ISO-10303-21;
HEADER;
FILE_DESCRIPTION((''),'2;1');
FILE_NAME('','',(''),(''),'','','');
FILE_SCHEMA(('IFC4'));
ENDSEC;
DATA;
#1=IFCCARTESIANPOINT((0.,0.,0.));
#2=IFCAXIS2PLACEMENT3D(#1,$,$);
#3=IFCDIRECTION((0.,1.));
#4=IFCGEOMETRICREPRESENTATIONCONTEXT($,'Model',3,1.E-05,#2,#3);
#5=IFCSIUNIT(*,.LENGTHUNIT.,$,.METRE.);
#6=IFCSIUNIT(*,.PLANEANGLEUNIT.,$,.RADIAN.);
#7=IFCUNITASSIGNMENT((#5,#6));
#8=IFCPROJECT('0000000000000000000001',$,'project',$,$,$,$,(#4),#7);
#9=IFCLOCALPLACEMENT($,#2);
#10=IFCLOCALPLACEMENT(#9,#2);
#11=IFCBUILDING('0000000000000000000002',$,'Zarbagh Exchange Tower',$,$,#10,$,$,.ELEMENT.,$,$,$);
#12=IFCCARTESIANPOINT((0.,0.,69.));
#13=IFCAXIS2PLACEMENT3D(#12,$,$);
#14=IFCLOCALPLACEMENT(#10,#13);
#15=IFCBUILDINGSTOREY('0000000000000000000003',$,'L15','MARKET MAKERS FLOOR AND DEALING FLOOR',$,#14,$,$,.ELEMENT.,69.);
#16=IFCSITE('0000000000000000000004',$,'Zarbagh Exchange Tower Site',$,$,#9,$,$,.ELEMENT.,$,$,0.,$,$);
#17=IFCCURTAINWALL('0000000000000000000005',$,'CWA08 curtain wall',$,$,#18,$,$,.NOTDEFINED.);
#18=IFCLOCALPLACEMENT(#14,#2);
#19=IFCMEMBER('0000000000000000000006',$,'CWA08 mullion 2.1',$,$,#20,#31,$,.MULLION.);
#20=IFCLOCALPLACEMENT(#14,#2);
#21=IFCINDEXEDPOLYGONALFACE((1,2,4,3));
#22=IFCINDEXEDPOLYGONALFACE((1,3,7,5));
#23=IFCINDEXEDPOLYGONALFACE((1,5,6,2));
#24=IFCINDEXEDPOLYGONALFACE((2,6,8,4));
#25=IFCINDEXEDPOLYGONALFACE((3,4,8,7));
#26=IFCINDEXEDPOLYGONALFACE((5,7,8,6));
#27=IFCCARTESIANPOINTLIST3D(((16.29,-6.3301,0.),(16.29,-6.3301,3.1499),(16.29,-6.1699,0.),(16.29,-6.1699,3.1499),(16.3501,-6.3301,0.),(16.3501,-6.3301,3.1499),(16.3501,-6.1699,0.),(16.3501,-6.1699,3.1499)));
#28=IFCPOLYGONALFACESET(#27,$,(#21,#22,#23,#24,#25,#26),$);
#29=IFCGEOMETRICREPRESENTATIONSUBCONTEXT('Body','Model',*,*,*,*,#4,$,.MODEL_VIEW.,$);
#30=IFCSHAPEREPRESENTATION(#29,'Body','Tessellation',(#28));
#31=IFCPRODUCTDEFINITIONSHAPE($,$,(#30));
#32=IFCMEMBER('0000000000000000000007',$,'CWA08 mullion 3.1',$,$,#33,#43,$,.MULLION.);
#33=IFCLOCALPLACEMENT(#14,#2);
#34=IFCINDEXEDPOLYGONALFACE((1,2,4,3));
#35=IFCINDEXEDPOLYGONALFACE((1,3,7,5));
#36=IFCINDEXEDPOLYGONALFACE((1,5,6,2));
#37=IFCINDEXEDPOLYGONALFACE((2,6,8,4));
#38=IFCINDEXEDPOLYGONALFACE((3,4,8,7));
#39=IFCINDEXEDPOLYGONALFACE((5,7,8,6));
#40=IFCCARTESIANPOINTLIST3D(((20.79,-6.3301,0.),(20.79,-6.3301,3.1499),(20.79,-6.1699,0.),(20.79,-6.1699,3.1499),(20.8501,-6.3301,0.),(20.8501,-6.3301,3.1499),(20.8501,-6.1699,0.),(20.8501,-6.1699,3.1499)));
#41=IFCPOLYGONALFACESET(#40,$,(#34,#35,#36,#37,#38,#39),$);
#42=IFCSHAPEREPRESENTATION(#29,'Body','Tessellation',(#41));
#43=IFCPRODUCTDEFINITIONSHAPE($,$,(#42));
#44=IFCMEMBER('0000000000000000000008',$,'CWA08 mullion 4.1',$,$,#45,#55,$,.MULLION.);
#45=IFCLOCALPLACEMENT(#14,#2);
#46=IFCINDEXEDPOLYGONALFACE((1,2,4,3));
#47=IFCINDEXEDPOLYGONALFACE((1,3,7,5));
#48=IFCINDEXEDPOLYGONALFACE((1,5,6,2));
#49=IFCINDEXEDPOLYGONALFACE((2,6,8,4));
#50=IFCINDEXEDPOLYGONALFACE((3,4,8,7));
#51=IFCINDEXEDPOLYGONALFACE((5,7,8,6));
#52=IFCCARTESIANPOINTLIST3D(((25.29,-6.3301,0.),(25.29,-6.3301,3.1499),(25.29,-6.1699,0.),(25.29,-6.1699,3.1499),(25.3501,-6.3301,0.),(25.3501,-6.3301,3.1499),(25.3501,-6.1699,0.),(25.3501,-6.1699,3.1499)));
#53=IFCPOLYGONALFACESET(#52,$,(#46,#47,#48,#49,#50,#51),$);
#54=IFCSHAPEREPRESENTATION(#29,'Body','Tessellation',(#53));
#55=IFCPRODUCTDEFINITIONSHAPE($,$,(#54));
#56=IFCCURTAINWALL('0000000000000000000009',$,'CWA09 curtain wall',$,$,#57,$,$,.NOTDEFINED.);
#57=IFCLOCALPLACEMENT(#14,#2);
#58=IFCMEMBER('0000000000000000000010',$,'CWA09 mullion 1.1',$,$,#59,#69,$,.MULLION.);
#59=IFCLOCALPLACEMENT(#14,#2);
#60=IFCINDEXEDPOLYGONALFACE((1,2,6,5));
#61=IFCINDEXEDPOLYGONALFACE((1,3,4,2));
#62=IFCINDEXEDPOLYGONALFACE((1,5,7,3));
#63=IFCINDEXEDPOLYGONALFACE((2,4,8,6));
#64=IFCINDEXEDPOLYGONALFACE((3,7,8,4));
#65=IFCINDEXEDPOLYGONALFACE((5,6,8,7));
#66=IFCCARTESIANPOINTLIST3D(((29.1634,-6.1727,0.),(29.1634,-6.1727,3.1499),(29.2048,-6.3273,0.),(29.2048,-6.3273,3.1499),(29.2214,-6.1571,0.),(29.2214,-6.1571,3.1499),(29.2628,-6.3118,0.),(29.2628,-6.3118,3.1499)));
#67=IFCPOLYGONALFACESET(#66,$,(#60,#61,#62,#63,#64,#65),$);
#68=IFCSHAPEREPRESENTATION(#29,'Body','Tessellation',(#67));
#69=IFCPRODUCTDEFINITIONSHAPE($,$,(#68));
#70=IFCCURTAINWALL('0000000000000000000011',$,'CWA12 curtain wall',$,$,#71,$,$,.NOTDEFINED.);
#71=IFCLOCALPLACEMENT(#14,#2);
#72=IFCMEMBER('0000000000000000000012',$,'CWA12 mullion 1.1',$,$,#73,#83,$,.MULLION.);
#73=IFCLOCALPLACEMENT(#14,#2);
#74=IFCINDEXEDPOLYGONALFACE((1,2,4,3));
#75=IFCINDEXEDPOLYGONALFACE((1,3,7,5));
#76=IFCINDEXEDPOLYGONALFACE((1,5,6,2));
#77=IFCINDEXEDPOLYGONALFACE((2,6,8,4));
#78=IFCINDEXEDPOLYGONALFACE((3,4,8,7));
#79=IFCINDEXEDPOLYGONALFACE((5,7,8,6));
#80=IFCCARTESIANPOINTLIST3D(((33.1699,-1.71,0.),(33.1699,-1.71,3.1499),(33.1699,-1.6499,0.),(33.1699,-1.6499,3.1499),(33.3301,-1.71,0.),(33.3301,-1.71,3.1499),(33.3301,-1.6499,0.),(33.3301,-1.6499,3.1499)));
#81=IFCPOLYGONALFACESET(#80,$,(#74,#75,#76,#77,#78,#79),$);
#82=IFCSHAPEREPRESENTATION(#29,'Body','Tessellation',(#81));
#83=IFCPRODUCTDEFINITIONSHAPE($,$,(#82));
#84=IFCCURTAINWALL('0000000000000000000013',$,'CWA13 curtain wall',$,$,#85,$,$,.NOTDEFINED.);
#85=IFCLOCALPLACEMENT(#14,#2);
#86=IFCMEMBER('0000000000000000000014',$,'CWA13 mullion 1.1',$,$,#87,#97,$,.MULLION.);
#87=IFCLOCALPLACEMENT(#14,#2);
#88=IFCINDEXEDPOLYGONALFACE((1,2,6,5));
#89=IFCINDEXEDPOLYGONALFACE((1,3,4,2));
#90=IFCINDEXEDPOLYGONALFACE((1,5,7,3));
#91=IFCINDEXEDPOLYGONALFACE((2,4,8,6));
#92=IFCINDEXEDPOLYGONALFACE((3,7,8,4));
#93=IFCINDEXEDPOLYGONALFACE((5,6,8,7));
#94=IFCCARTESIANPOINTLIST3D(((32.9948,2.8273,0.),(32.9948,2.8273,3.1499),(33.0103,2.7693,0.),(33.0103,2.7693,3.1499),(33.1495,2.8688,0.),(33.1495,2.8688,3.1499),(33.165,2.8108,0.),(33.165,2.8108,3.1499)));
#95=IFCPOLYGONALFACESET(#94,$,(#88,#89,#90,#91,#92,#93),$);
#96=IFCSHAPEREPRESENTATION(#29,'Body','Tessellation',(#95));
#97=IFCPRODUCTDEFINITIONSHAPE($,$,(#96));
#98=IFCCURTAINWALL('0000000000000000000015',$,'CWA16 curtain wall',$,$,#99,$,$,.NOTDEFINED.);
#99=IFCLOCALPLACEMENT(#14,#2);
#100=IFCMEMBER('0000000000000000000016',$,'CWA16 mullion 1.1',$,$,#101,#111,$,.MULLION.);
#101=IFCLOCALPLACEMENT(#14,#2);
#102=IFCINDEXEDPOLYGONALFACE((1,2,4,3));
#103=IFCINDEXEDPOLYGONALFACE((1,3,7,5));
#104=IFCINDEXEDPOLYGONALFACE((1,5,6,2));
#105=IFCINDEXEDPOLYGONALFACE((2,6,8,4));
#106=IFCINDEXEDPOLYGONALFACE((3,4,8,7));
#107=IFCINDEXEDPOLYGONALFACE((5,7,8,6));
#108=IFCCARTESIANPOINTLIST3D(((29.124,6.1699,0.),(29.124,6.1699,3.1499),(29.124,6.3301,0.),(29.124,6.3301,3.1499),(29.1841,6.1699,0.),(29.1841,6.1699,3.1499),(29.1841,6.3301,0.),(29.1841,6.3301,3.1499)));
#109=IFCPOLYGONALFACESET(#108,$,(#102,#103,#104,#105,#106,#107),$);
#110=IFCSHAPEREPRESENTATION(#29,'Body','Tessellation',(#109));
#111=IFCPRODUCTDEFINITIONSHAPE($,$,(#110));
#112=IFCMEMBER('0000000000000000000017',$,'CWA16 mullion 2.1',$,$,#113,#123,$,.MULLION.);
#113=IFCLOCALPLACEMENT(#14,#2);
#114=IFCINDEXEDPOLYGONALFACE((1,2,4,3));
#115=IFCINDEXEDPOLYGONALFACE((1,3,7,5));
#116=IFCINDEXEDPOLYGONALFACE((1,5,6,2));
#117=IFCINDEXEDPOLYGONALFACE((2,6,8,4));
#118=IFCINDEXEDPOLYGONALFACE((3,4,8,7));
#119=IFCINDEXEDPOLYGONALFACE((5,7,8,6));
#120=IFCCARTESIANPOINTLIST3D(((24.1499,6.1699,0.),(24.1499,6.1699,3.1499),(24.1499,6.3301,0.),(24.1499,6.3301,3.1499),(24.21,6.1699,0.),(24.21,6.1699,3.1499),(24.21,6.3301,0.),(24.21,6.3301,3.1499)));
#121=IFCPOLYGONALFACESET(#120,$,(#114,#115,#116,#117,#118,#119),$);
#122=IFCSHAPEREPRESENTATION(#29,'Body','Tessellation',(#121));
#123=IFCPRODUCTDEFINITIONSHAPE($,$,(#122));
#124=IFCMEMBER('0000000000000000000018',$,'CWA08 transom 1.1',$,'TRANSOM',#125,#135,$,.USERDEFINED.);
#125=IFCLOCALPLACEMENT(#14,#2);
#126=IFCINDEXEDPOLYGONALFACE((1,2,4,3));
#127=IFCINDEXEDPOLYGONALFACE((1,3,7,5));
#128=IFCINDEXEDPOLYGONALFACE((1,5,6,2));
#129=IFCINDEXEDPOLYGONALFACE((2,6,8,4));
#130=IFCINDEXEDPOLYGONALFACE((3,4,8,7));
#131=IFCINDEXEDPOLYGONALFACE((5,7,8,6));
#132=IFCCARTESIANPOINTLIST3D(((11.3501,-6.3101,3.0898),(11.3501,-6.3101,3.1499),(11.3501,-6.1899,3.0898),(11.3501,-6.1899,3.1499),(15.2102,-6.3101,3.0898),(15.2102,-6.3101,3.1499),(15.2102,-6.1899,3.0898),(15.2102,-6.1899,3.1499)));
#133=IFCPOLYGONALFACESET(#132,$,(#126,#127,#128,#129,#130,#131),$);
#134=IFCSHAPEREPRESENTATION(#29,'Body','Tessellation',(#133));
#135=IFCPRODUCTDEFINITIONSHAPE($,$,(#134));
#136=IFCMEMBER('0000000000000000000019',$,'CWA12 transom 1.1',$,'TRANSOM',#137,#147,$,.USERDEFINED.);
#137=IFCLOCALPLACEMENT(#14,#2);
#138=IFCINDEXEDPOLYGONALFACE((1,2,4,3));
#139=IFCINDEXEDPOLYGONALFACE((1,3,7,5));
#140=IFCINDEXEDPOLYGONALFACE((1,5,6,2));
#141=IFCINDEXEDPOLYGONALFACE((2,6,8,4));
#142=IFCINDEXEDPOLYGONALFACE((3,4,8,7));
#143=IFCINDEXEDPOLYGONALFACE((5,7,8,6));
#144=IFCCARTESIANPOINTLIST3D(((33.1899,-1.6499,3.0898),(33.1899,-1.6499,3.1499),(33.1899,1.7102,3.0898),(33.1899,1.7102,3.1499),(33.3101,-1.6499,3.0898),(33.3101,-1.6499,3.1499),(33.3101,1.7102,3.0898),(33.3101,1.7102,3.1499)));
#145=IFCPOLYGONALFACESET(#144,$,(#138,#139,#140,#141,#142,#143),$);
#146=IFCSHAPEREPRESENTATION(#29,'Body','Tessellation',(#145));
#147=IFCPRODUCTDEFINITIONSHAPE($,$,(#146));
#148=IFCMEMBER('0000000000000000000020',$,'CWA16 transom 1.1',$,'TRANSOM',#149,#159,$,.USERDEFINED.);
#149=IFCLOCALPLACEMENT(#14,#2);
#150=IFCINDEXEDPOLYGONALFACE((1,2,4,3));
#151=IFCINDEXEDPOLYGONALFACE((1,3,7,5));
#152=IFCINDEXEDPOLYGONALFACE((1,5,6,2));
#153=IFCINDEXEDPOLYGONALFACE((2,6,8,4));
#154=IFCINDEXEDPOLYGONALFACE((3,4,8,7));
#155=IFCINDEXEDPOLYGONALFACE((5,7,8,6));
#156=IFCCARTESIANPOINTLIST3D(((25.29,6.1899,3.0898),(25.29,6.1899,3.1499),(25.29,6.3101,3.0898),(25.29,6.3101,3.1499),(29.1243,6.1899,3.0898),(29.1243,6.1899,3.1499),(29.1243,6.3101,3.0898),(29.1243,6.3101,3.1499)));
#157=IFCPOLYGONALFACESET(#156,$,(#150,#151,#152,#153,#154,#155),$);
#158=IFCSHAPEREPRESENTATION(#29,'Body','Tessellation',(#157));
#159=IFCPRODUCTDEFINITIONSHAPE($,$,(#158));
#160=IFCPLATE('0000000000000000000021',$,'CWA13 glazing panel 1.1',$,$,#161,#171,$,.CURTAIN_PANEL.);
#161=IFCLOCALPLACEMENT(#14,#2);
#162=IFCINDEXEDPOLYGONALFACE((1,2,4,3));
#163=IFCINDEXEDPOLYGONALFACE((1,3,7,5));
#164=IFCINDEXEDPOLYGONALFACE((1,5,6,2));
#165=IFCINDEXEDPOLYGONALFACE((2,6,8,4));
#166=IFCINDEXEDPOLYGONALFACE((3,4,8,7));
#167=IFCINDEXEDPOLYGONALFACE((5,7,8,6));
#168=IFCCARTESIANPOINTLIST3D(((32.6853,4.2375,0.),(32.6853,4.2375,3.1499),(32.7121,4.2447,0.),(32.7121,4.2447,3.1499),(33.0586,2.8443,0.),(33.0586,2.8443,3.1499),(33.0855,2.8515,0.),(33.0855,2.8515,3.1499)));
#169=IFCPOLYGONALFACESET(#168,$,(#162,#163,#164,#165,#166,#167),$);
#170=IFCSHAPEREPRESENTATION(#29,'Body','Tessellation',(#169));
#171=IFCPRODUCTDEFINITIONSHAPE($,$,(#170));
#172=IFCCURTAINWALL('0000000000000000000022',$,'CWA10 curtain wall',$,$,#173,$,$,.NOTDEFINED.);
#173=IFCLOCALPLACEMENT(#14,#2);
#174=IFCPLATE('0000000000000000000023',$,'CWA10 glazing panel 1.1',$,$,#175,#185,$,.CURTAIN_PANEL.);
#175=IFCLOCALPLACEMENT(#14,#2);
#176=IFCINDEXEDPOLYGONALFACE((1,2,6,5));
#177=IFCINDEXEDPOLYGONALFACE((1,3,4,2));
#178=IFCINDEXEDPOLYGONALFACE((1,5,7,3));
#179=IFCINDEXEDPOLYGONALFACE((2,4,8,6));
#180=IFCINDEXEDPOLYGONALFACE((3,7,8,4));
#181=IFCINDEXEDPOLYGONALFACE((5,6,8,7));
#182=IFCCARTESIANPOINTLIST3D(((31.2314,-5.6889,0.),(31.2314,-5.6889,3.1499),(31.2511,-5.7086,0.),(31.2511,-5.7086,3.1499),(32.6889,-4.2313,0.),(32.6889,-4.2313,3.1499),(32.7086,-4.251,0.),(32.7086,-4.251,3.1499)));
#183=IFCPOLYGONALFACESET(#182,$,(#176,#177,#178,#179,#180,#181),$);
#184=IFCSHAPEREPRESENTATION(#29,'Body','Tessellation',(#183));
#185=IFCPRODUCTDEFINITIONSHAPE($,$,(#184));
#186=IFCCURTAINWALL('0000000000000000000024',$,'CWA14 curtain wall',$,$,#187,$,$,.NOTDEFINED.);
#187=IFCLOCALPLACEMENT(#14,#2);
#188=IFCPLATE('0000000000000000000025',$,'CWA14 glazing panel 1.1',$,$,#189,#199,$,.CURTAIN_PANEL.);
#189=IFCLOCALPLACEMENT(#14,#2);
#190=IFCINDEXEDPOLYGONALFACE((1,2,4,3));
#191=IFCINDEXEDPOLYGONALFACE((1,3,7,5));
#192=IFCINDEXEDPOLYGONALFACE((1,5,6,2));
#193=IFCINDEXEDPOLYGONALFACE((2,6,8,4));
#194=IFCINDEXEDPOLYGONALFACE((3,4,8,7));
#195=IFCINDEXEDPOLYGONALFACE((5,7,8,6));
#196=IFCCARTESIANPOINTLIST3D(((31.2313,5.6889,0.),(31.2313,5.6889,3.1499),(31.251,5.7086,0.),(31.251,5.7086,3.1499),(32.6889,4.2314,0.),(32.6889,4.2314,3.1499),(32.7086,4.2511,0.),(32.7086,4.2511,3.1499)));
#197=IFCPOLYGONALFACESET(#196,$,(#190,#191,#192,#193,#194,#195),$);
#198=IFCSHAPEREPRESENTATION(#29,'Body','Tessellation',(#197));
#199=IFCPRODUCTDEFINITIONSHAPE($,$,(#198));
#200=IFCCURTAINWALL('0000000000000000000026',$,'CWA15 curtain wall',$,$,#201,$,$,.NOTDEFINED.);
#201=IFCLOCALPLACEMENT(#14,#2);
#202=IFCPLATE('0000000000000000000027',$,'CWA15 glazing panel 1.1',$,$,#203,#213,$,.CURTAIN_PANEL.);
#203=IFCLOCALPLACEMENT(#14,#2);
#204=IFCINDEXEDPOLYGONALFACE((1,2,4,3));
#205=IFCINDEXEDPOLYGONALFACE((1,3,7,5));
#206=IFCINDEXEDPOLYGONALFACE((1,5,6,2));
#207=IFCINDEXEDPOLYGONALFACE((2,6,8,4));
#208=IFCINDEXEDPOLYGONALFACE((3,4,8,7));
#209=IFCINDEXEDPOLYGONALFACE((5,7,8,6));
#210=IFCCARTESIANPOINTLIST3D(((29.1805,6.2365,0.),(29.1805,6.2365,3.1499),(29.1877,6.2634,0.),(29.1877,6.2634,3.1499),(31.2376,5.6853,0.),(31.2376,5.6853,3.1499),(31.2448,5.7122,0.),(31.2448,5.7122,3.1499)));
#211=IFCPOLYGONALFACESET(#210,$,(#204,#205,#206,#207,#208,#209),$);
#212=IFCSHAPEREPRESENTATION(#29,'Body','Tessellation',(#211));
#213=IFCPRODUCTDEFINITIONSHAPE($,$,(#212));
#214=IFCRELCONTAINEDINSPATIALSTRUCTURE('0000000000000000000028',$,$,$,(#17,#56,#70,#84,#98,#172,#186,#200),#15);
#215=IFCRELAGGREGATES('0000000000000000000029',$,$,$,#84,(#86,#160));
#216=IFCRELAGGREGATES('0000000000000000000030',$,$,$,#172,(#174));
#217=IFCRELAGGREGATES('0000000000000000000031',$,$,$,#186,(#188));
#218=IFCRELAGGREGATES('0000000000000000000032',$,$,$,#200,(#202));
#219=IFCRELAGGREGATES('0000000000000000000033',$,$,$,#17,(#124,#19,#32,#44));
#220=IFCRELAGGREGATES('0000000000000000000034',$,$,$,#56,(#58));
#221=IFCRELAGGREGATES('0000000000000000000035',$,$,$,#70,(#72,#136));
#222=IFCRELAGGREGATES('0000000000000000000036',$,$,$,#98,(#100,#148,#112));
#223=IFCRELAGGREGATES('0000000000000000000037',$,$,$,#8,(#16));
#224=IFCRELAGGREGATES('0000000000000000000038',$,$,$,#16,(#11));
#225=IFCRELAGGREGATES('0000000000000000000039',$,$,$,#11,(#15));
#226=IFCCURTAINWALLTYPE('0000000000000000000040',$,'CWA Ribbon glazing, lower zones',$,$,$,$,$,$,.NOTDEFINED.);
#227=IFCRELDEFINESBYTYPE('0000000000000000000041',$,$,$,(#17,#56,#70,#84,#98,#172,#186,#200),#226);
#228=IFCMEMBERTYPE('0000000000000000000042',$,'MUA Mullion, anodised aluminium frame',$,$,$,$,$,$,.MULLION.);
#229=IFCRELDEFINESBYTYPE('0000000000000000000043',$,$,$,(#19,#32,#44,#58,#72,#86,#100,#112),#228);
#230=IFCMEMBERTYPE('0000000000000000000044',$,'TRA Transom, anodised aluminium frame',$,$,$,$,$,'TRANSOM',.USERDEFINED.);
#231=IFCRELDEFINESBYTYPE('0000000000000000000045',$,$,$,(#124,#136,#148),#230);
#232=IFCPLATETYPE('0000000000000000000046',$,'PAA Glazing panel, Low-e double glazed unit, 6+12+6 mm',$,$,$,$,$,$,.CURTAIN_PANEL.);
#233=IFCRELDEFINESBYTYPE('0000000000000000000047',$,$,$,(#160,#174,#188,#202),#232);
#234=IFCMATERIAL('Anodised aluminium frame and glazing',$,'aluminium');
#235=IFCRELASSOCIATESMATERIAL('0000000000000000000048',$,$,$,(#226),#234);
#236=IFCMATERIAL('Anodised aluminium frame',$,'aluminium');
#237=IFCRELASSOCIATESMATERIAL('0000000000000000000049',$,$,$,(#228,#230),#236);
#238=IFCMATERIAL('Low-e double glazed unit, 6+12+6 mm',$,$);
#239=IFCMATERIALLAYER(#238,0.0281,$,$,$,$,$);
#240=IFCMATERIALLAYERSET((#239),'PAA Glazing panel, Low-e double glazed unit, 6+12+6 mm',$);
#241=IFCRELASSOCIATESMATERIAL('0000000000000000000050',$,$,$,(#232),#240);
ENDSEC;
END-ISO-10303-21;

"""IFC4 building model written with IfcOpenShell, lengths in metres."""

from ifc_helpers import new_model, si_unit, direction, frame, origin, place, context, subcontext, project, spatial, polyline, outline, extrude, source, transform, mapped, material, layer, layer_set, type_object, element, aggregate, save


model = new_model("IFC4")

# Units and contexts
model_context = context("Model", 3, precision=1e-05, world=origin(), true_north=direction((0.0, 1.0)))
body_context = subcontext(model_context, "Body", "Model", "MODEL_VIEW")
ifc_project = project(units=[si_unit("LENGTHUNIT", "METRE"), si_unit("PLANEANGLEUNIT", "RADIAN")], contexts=[model_context])

# Site, building, storey
site_placement = place(None, origin())
site = spatial("IfcSite", under=ifc_project, at=site_placement, Name="Zarbagh Exchange Tower Site", CompositionType="ELEMENT", RefElevation=0.0)
building_placement = place(site_placement, origin())
building = spatial("IfcBuilding", under=site, at=building_placement, Name="Zarbagh Exchange Tower", CompositionType="ELEMENT")
storey_placement = place(building_placement, frame((0.0, 0.0, 69.0)))
storey = spatial("IfcBuildingStorey", under=building, at=storey_placement, Name="L15", Description="MARKET MAKERS FLOOR AND DEALING FLOOR", CompositionType="ELEMENT", Elevation=69.0)

# Curtain wall, members
ifc_material_1 = material(Name="Anodised aluminium frame and glazing", Category="aluminium")
curtain_wall_type = type_object("IfcCurtainWallType", Name="CWA Ribbon glazing, lower zones", PredefinedType="NOTDEFINED", material=ifc_material_1)
curtain_wall_1_placement = place(storey_placement, origin())
curtain_wall_1 = element("IfcCurtainWall", 1, at=curtain_wall_1_placement, inside=storey, type_object=curtain_wall_type, Name="CWA08 curtain wall", PredefinedType="NOTDEFINED")
ifc_material_2 = material(Name="Anodised aluminium frame", Category="aluminium")
member_type_1 = type_object("IfcMemberType", Name="MUA Mullion, anodised aluminium frame", PredefinedType="MULLION", material=ifc_material_2)
shared_shape_1 = source(origin(), body_context, "Body", "SweptSolid", [
    extrude(outline(polyline([(0.0, -0.0801), (0.0601, -0.0801), (0.0601, 0.0801), (0.0, 0.0801), (0.0, -0.0801)])), origin(), (0.0, 0.0, 1.0), 3.1499),
])
placement = place(storey_placement, origin())
member_1 = element("IfcMember", 2, at=placement, type_object=member_type_1, Name="CWA08 mullion 2.1", PredefinedType="MULLION", context=body_context, shape_type="MappedRepresentation", body=[
    mapped(shared_shape_1, transform((16.29, -6.25, 0.0), x_axis=(1.0, 0.0, 0.0), y_axis=(0.0, 1.0, 0.0), z_axis=(0.0, 0.0, 1.0))),
])
member_2 = element("IfcMember", 3, at=placement, type_object=member_type_1, Name="CWA08 mullion 3.1", PredefinedType="MULLION", context=body_context, shape_type="MappedRepresentation", body=[
    mapped(shared_shape_1, transform((20.79, -6.25, 0.0), x_axis=(1.0, 0.0, 0.0), y_axis=(0.0, 1.0, 0.0), z_axis=(0.0, 0.0, 1.0))),
])
member_3 = element("IfcMember", 4, at=placement, type_object=member_type_1, Name="CWA08 mullion 4.1", PredefinedType="MULLION", context=body_context, shape_type="MappedRepresentation", body=[
    mapped(shared_shape_1, transform((25.29, -6.25, 0.0), x_axis=(1.0, 0.0, 0.0), y_axis=(0.0, 1.0, 0.0), z_axis=(0.0, 0.0, 1.0))),
])

# Curtain walls, members
curtain_wall_2_placement = place(storey_placement, origin())
curtain_wall_2 = element("IfcCurtainWall", 5, at=curtain_wall_2_placement, inside=storey, type_object=curtain_wall_type, Name="CWA09 curtain wall", PredefinedType="NOTDEFINED")
member_4 = element("IfcMember", 6, at=placement, type_object=member_type_1, Name="CWA09 mullion 1.1", PredefinedType="MULLION", context=body_context, shape_type="MappedRepresentation", body=[
    mapped(shared_shape_1, transform((29.1841, -6.25, 0.0), x_axis=(0.965924, 0.258825, 0.0), y_axis=(-0.258825, 0.965924, 0.0), z_axis=(0.0, 0.0, 1.0))),
])
curtain_wall_3_placement = place(storey_placement, origin())
curtain_wall_3 = element("IfcCurtainWall", 7, at=curtain_wall_3_placement, inside=storey, type_object=curtain_wall_type, Name="CWA12 curtain wall", PredefinedType="NOTDEFINED")
member_5 = element("IfcMember", 8, at=placement, type_object=member_type_1, Name="CWA12 mullion 1.1", PredefinedType="MULLION", context=body_context, shape_type="MappedRepresentation", body=[
    mapped(shared_shape_1, transform((33.25, -1.71, 0.0), x_axis=(0.0, 1.0, 0.0), y_axis=(-1.0, 0.0, 0.0), z_axis=(0.0, 0.0, 1.0))),
])
curtain_wall_4_placement = place(storey_placement, origin())
curtain_wall_4 = element("IfcCurtainWall", 9, at=curtain_wall_4_placement, inside=storey, type_object=curtain_wall_type, Name="CWA13 curtain wall", PredefinedType="NOTDEFINED")
member_6 = element("IfcMember", 10, at=placement, type_object=member_type_1, Name="CWA13 mullion 1.1", PredefinedType="MULLION", context=body_context, shape_type="MappedRepresentation", body=[
    mapped(shared_shape_1, transform((33.0876, 2.79, 0.0), x_axis=(-0.258825, 0.965924, 0.0), y_axis=(-0.965924, -0.258825, 0.0), z_axis=(0.0, 0.0, 1.0))),
])

# Curtain wall, members
curtain_wall_5_placement = place(storey_placement, origin())
curtain_wall_5 = element("IfcCurtainWall", 11, at=curtain_wall_5_placement, inside=storey, type_object=curtain_wall_type, Name="CWA16 curtain wall", PredefinedType="NOTDEFINED")
member_7 = element("IfcMember", 12, at=placement, type_object=member_type_1, Name="CWA16 mullion 1.1", PredefinedType="MULLION", context=body_context, shape_type="MappedRepresentation", body=[
    mapped(shared_shape_1, transform((29.1841, 6.25, 0.0), x_axis=(-1.0, 0.0, 0.0), y_axis=(0.0, -1.0, 0.0), z_axis=(0.0, 0.0, 1.0))),
])
member_8 = element("IfcMember", 13, at=placement, type_object=member_type_1, Name="CWA16 mullion 2.1", PredefinedType="MULLION", context=body_context, shape_type="MappedRepresentation", body=[
    mapped(shared_shape_1, transform((24.21, 6.25, 0.0), x_axis=(-1.0, 0.0, 0.0), y_axis=(0.0, -1.0, 0.0), z_axis=(0.0, 0.0, 1.0))),
])

# Members
member_type_2 = type_object("IfcMemberType", Name="TRA Transom, anodised aluminium frame", ElementType="TRANSOM", PredefinedType="USERDEFINED", material=ifc_material_2)
shared_shape_2 = source(origin(), body_context, "Body", "SweptSolid", [
    extrude(outline(polyline([(-0.0601, -0.0601), (0.0, -0.0601), (0.0, 0.0601), (-0.0601, 0.0601), (-0.0601, -0.0601)])), origin(), (0.0, 0.0, 1.0), 3.8601),
])
member_9 = element("IfcMember", 14, at=placement, type_object=member_type_2, Name="CWA08 transom 1.1", ObjectType="TRANSOM", PredefinedType="USERDEFINED", context=body_context, shape_type="MappedRepresentation", body=[
    mapped(shared_shape_2, transform((11.3501, -6.25, 3.1499), x_axis=(0.0, 0.0, 1.0), y_axis=(0.0, -1.0, 0.0), z_axis=(1.0, 0.0, 0.0))),
])
shared_shape_3 = source(origin(), body_context, "Body", "SweptSolid", [
    extrude(outline(polyline([(-0.0601, -0.0601), (0.0, -0.0601), (0.0, 0.0601), (-0.0601, 0.0601), (-0.0601, -0.0601)])), origin(), (0.0, 0.0, 1.0), 3.3601),
])
member_10 = element("IfcMember", 15, at=placement, type_object=member_type_2, Name="CWA12 transom 1.1", ObjectType="TRANSOM", PredefinedType="USERDEFINED", context=body_context, shape_type="MappedRepresentation", body=[
    mapped(shared_shape_3, transform((33.25, -1.6499, 3.1499), x_axis=(0.0, 0.0, 1.0), y_axis=(1.0, 0.0, 0.0), z_axis=(0.0, 1.0, 0.0))),
])
shared_shape_4 = source(origin(), body_context, "Body", "SweptSolid", [
    extrude(outline(polyline([(-0.0601, -0.0601), (0.0, -0.0601), (0.0, 0.0601), (-0.0601, 0.0601), (-0.0601, -0.0601)])), origin(), (0.0, 0.0, 1.0), 3.8342),
])
member_11 = element("IfcMember", 16, at=placement, type_object=member_type_2, Name="CWA16 transom 1.1", ObjectType="TRANSOM", PredefinedType="USERDEFINED", context=body_context, shape_type="MappedRepresentation", body=[
    mapped(shared_shape_4, transform((29.1243, 6.25, 3.1499), x_axis=(0.0, 0.0, 1.0), y_axis=(0.0, 1.0, 0.0), z_axis=(-1.0, 0.0, 0.0))),
])

# Plate
ifc_material_3 = material(Name="Low-e double glazed unit, 6+12+6 mm")
ifc_layer = layer(ifc_material_3, 0.0281)
ifc_layer_set = layer_set([ifc_layer], Name="PAA Glazing panel, Low-e double glazed unit, 6+12+6 mm")
plate_type = type_object("IfcPlateType", Name="PAA Glazing panel, Low-e double glazed unit, 6+12+6 mm", PredefinedType="CURTAIN_PANEL", material=ifc_layer_set)
shared_shape_5 = source(origin(), body_context, "Body", "SweptSolid", [
    extrude(outline(polyline([(0.0, -0.0139), (1.4424, -0.0139), (1.4424, 0.0139), (0.0, 0.0139), (0.0, -0.0139)])), origin(), (0.0, 0.0, 1.0), 3.1499),
])
plate_1 = element("IfcPlate", 17, at=placement, type_object=plate_type, Name="CWA13 glazing panel 1.1", PredefinedType="CURTAIN_PANEL", context=body_context, shape_type="MappedRepresentation", body=[
    mapped(shared_shape_5, transform((33.072, 2.8479, 0.0), x_axis=(-0.258825, 0.965924, 0.0), y_axis=(-0.965924, -0.258825, 0.0), z_axis=(0.0, 0.0, 1.0))),
])
aggregate(curtain_wall_4, [member_6, plate_1])

# Curtain walls, plates
curtain_wall_6_placement = place(storey_placement, origin())
curtain_wall_6 = element("IfcCurtainWall", 18, at=curtain_wall_6_placement, inside=storey, type_object=curtain_wall_type, Name="CWA10 curtain wall", PredefinedType="NOTDEFINED")
shared_shape_6 = source(origin(), body_context, "Body", "SweptSolid", [
    extrude(outline(polyline([(0.0, -0.0139), (2.0613, -0.0139), (2.0613, 0.0139), (0.0, 0.0139), (0.0, -0.0139)])), origin(), (0.0, 0.0, 1.0), 3.1499),
])
plate_2 = element("IfcPlate", 19, at=placement, type_object=plate_type, Name="CWA10 glazing panel 1.1", PredefinedType="CURTAIN_PANEL", context=body_context, shape_type="MappedRepresentation", body=[
    mapped(shared_shape_6, transform((31.2412, -5.6987, 0.0), x_axis=(0.707107, 0.707107, 0.0), y_axis=(-0.707107, 0.707107, 0.0), z_axis=(0.0, 0.0, 1.0))),
])
aggregate(curtain_wall_6, [plate_2])
curtain_wall_7_placement = place(storey_placement, origin())
curtain_wall_7 = element("IfcCurtainWall", 20, at=curtain_wall_7_placement, inside=storey, type_object=curtain_wall_type, Name="CWA14 curtain wall", PredefinedType="NOTDEFINED")
plate_3 = element("IfcPlate", 21, at=placement, type_object=plate_type, Name="CWA14 glazing panel 1.1", PredefinedType="CURTAIN_PANEL", context=body_context, shape_type="MappedRepresentation", body=[
    mapped(shared_shape_6, transform((32.6987, 4.2412, 0.0), x_axis=(-0.707107, 0.707107, 0.0), y_axis=(-0.707107, -0.707107, 0.0), z_axis=(0.0, 0.0, 1.0))),
])
aggregate(curtain_wall_7, [plate_3])
curtain_wall_8_placement = place(storey_placement, origin())
curtain_wall_8 = element("IfcCurtainWall", 22, at=curtain_wall_8_placement, inside=storey, type_object=curtain_wall_type, Name="CWA15 curtain wall", PredefinedType="NOTDEFINED")
shared_shape_7 = source(origin(), body_context, "Body", "SweptSolid", [
    extrude(outline(polyline([(0.0, -0.0139), (2.1296, -0.0139), (2.1296, 0.0139), (0.0, 0.0139), (0.0, -0.0139)])), origin(), (0.0, 0.0, 1.0), 3.1499),
])
plate_4 = element("IfcPlate", 23, at=placement, type_object=plate_type, Name="CWA15 glazing panel 1.1", PredefinedType="CURTAIN_PANEL", context=body_context, shape_type="MappedRepresentation", body=[
    mapped(shared_shape_7, transform((31.2412, 5.6987, 0.0), x_axis=(-0.965924, 0.258825, 0.0), y_axis=(-0.258825, -0.965924, 0.0), z_axis=(0.0, 0.0, 1.0))),
])
aggregate(curtain_wall_8, [plate_4])

aggregate(curtain_wall_1, [member_9, member_1, member_2, member_3])
aggregate(curtain_wall_2, [member_4])

aggregate(curtain_wall_3, [member_5, member_10])
aggregate(curtain_wall_5, [member_7, member_11, member_8])

save(model, "model.ifc")
